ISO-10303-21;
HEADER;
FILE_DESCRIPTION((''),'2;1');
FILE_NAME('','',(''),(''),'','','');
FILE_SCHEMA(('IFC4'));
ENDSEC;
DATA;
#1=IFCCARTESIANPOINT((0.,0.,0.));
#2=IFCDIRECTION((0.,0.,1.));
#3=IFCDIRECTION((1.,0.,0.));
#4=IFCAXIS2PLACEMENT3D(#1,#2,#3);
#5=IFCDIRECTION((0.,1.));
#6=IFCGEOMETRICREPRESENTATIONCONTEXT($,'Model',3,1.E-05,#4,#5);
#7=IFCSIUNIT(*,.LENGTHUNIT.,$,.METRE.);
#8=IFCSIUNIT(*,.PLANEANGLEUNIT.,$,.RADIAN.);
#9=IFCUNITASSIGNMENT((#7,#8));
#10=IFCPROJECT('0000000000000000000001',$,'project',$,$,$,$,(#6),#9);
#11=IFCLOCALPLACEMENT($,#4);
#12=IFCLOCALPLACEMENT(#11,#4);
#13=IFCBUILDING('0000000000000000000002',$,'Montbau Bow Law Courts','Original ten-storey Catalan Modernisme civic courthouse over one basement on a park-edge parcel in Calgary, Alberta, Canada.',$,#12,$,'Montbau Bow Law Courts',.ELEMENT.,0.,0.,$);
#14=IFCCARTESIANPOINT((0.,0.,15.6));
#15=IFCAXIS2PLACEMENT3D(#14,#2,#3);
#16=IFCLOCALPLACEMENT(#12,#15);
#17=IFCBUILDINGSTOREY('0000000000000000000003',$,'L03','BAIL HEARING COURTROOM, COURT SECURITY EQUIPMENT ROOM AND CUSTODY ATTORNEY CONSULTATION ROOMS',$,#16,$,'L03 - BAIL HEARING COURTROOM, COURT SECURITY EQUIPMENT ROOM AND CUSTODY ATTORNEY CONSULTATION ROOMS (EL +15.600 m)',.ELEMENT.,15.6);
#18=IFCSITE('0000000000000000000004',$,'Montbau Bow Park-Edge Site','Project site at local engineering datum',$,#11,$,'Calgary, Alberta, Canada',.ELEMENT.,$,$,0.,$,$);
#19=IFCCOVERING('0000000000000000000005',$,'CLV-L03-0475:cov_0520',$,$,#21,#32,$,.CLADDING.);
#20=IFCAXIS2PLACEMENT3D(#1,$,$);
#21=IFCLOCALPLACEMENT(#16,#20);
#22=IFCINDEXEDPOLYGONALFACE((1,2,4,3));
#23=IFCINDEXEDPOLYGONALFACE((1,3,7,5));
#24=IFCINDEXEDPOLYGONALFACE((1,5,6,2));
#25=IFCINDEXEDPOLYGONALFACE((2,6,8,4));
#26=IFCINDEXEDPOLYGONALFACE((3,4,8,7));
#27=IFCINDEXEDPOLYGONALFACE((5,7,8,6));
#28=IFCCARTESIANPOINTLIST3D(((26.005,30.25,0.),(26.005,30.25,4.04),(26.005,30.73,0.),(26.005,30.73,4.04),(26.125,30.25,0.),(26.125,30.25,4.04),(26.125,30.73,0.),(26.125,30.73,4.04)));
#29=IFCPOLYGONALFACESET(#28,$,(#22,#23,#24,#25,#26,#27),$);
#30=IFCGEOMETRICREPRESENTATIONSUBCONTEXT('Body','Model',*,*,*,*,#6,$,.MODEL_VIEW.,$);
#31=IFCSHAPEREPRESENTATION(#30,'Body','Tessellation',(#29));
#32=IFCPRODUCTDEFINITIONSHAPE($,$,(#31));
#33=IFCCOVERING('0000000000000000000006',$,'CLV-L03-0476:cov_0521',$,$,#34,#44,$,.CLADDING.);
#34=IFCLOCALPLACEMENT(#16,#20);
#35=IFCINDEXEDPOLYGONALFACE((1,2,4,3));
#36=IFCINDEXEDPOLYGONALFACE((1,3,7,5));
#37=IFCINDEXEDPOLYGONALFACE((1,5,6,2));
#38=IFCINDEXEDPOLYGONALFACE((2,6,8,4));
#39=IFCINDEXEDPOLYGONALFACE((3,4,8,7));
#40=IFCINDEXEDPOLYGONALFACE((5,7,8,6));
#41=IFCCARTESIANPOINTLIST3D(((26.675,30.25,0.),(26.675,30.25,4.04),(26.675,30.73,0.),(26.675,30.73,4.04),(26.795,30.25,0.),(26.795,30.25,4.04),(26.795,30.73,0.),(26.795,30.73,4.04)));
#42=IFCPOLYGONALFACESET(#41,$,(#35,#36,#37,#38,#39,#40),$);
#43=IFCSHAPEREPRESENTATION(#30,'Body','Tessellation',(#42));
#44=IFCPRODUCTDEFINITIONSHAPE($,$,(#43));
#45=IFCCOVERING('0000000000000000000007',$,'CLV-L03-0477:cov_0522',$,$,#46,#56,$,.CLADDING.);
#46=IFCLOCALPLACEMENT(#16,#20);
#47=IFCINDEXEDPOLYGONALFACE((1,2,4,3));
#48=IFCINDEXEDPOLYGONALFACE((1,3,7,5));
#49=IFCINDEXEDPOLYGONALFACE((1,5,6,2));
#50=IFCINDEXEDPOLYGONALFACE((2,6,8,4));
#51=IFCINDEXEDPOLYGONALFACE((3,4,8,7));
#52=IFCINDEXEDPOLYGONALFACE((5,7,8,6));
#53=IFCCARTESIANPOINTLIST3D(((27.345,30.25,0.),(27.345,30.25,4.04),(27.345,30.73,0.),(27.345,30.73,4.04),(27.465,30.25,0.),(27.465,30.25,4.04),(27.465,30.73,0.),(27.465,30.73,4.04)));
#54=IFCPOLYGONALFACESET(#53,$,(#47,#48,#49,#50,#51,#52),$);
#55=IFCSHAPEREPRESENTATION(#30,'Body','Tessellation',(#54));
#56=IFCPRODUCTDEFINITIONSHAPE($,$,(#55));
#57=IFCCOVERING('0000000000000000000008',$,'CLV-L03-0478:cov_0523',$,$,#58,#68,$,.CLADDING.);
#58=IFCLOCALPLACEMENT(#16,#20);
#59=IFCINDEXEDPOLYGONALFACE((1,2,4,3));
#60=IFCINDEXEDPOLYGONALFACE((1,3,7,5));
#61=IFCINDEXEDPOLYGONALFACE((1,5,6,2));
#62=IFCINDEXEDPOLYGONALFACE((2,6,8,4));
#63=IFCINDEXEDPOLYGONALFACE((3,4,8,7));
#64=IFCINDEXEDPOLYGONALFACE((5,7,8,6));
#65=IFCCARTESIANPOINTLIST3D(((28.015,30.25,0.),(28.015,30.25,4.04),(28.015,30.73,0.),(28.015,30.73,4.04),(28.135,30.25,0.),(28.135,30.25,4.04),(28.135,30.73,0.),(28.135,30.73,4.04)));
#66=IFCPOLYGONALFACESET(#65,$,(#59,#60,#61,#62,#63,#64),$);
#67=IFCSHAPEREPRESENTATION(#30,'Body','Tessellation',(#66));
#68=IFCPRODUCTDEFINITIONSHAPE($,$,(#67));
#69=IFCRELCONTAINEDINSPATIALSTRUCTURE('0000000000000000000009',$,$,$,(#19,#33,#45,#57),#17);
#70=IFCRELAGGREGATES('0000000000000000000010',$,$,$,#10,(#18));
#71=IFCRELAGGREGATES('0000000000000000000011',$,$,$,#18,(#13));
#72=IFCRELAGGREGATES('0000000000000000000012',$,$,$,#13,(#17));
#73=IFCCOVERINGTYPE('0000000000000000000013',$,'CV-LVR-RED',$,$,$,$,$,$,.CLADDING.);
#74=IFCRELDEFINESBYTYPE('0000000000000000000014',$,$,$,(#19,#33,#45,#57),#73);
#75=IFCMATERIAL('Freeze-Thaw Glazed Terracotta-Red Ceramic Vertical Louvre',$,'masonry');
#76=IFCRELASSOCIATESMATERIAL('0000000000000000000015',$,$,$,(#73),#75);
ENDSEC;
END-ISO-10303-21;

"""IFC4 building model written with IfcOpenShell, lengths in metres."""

from ifc_helpers import new_model, si_unit, direction, frame, frame_2d, origin_with_axes, place, context, subcontext, project, spatial, rectangle, extrude, material, type_object, element, save


model = new_model("IFC4")

# Units and contexts
model_context = context("Model", 3, precision=1e-05, world=origin_with_axes(), true_north=direction((0.0, 1.0)))
body_context = subcontext(model_context, "Body", "Model", "MODEL_VIEW")
ifc_project = project(units=[si_unit("LENGTHUNIT", "METRE"), si_unit("PLANEANGLEUNIT", "RADIAN")], contexts=[model_context])

# Site, building, storey
site_placement = place(None, origin_with_axes())
site = spatial("IfcSite", under=ifc_project, at=site_placement, Name="Montbau Bow Park-Edge Site", Description="Project site at local engineering datum", LongName="Calgary, Alberta, Canada", CompositionType="ELEMENT", RefElevation=0.0)
building_placement = place(site_placement, origin_with_axes())
building = spatial("IfcBuilding", under=site, at=building_placement, Name="Montbau Bow Law Courts", Description="Original ten-storey Catalan Modernisme civic courthouse over one basement on a park-edge parcel in Calgary, Alberta, Canada.", LongName="Montbau Bow Law Courts", CompositionType="ELEMENT", ElevationOfRefHeight=0.0, ElevationOfTerrain=0.0)
storey_placement = place(building_placement, frame((0.0, 0.0, 15.6), z_axis=(0.0, 0.0, 1.0), x_axis=(1.0, 0.0, 0.0)))
storey = spatial("IfcBuildingStorey", under=building, at=storey_placement, Name="L03", Description="BAIL HEARING COURTROOM, COURT SECURITY EQUIPMENT ROOM AND CUSTODY ATTORNEY CONSULTATION ROOMS", LongName="L03 - BAIL HEARING COURTROOM, COURT SECURITY EQUIPMENT ROOM AND CUSTODY ATTORNEY CONSULTATION ROOMS (EL +15.600 m)", CompositionType="ELEMENT", Elevation=15.6)

# Coverings
ifc_material_1 = material(Name="Freeze-Thaw Glazed Terracotta-Red Ceramic Vertical Louvre", Category="masonry")
covering_type = type_object("IfcCoveringType", Name="CV-LVR-RED", PredefinedType="CLADDING", material=ifc_material_1)
for number, where, z_axis, x_axis, name in (
    (1, (26.065, 30.73, 15.6), (-1.0, 0.0, 0.0), (0.0, -1.0, 0.0), "CLV-L03-0475:cov_0520"),
    (2, (26.735, 30.73, 15.6), (-1.0, 0.0, 0.0), (0.0, -1.0, 0.0), "CLV-L03-0476:cov_0521"),
    (3, (27.405, 30.73, 15.6), (-1.0, 0.0, 0.0), (0.0, -1.0, 0.0), "CLV-L03-0477:cov_0522"),
    (4, (28.075, 30.73, 15.6), (-1.0, 0.0, 0.0), (0.0, -1.0, 0.0), "CLV-L03-0478:cov_0523"),
):
    element("IfcCovering", number, at=place(None, frame(where, z_axis=z_axis, x_axis=x_axis)), inside=storey, type_object=covering_type, Name=name, PredefinedType="CLADDING", context=body_context, shape_type="SweptSolid", body=[
        extrude(rectangle(XDim=0.48, YDim=4.04, at=frame_2d((0.24, 2.02), x_axis=(1.0, 0.0))), frame((0.0, 0.0, -0.06), z_axis=(0.0, 0.0, 1.0), x_axis=(1.0, 0.0, 0.0)), (0.0, 0.0, 1.0), 0.12),
    ])

save(model, "model.ifc")
